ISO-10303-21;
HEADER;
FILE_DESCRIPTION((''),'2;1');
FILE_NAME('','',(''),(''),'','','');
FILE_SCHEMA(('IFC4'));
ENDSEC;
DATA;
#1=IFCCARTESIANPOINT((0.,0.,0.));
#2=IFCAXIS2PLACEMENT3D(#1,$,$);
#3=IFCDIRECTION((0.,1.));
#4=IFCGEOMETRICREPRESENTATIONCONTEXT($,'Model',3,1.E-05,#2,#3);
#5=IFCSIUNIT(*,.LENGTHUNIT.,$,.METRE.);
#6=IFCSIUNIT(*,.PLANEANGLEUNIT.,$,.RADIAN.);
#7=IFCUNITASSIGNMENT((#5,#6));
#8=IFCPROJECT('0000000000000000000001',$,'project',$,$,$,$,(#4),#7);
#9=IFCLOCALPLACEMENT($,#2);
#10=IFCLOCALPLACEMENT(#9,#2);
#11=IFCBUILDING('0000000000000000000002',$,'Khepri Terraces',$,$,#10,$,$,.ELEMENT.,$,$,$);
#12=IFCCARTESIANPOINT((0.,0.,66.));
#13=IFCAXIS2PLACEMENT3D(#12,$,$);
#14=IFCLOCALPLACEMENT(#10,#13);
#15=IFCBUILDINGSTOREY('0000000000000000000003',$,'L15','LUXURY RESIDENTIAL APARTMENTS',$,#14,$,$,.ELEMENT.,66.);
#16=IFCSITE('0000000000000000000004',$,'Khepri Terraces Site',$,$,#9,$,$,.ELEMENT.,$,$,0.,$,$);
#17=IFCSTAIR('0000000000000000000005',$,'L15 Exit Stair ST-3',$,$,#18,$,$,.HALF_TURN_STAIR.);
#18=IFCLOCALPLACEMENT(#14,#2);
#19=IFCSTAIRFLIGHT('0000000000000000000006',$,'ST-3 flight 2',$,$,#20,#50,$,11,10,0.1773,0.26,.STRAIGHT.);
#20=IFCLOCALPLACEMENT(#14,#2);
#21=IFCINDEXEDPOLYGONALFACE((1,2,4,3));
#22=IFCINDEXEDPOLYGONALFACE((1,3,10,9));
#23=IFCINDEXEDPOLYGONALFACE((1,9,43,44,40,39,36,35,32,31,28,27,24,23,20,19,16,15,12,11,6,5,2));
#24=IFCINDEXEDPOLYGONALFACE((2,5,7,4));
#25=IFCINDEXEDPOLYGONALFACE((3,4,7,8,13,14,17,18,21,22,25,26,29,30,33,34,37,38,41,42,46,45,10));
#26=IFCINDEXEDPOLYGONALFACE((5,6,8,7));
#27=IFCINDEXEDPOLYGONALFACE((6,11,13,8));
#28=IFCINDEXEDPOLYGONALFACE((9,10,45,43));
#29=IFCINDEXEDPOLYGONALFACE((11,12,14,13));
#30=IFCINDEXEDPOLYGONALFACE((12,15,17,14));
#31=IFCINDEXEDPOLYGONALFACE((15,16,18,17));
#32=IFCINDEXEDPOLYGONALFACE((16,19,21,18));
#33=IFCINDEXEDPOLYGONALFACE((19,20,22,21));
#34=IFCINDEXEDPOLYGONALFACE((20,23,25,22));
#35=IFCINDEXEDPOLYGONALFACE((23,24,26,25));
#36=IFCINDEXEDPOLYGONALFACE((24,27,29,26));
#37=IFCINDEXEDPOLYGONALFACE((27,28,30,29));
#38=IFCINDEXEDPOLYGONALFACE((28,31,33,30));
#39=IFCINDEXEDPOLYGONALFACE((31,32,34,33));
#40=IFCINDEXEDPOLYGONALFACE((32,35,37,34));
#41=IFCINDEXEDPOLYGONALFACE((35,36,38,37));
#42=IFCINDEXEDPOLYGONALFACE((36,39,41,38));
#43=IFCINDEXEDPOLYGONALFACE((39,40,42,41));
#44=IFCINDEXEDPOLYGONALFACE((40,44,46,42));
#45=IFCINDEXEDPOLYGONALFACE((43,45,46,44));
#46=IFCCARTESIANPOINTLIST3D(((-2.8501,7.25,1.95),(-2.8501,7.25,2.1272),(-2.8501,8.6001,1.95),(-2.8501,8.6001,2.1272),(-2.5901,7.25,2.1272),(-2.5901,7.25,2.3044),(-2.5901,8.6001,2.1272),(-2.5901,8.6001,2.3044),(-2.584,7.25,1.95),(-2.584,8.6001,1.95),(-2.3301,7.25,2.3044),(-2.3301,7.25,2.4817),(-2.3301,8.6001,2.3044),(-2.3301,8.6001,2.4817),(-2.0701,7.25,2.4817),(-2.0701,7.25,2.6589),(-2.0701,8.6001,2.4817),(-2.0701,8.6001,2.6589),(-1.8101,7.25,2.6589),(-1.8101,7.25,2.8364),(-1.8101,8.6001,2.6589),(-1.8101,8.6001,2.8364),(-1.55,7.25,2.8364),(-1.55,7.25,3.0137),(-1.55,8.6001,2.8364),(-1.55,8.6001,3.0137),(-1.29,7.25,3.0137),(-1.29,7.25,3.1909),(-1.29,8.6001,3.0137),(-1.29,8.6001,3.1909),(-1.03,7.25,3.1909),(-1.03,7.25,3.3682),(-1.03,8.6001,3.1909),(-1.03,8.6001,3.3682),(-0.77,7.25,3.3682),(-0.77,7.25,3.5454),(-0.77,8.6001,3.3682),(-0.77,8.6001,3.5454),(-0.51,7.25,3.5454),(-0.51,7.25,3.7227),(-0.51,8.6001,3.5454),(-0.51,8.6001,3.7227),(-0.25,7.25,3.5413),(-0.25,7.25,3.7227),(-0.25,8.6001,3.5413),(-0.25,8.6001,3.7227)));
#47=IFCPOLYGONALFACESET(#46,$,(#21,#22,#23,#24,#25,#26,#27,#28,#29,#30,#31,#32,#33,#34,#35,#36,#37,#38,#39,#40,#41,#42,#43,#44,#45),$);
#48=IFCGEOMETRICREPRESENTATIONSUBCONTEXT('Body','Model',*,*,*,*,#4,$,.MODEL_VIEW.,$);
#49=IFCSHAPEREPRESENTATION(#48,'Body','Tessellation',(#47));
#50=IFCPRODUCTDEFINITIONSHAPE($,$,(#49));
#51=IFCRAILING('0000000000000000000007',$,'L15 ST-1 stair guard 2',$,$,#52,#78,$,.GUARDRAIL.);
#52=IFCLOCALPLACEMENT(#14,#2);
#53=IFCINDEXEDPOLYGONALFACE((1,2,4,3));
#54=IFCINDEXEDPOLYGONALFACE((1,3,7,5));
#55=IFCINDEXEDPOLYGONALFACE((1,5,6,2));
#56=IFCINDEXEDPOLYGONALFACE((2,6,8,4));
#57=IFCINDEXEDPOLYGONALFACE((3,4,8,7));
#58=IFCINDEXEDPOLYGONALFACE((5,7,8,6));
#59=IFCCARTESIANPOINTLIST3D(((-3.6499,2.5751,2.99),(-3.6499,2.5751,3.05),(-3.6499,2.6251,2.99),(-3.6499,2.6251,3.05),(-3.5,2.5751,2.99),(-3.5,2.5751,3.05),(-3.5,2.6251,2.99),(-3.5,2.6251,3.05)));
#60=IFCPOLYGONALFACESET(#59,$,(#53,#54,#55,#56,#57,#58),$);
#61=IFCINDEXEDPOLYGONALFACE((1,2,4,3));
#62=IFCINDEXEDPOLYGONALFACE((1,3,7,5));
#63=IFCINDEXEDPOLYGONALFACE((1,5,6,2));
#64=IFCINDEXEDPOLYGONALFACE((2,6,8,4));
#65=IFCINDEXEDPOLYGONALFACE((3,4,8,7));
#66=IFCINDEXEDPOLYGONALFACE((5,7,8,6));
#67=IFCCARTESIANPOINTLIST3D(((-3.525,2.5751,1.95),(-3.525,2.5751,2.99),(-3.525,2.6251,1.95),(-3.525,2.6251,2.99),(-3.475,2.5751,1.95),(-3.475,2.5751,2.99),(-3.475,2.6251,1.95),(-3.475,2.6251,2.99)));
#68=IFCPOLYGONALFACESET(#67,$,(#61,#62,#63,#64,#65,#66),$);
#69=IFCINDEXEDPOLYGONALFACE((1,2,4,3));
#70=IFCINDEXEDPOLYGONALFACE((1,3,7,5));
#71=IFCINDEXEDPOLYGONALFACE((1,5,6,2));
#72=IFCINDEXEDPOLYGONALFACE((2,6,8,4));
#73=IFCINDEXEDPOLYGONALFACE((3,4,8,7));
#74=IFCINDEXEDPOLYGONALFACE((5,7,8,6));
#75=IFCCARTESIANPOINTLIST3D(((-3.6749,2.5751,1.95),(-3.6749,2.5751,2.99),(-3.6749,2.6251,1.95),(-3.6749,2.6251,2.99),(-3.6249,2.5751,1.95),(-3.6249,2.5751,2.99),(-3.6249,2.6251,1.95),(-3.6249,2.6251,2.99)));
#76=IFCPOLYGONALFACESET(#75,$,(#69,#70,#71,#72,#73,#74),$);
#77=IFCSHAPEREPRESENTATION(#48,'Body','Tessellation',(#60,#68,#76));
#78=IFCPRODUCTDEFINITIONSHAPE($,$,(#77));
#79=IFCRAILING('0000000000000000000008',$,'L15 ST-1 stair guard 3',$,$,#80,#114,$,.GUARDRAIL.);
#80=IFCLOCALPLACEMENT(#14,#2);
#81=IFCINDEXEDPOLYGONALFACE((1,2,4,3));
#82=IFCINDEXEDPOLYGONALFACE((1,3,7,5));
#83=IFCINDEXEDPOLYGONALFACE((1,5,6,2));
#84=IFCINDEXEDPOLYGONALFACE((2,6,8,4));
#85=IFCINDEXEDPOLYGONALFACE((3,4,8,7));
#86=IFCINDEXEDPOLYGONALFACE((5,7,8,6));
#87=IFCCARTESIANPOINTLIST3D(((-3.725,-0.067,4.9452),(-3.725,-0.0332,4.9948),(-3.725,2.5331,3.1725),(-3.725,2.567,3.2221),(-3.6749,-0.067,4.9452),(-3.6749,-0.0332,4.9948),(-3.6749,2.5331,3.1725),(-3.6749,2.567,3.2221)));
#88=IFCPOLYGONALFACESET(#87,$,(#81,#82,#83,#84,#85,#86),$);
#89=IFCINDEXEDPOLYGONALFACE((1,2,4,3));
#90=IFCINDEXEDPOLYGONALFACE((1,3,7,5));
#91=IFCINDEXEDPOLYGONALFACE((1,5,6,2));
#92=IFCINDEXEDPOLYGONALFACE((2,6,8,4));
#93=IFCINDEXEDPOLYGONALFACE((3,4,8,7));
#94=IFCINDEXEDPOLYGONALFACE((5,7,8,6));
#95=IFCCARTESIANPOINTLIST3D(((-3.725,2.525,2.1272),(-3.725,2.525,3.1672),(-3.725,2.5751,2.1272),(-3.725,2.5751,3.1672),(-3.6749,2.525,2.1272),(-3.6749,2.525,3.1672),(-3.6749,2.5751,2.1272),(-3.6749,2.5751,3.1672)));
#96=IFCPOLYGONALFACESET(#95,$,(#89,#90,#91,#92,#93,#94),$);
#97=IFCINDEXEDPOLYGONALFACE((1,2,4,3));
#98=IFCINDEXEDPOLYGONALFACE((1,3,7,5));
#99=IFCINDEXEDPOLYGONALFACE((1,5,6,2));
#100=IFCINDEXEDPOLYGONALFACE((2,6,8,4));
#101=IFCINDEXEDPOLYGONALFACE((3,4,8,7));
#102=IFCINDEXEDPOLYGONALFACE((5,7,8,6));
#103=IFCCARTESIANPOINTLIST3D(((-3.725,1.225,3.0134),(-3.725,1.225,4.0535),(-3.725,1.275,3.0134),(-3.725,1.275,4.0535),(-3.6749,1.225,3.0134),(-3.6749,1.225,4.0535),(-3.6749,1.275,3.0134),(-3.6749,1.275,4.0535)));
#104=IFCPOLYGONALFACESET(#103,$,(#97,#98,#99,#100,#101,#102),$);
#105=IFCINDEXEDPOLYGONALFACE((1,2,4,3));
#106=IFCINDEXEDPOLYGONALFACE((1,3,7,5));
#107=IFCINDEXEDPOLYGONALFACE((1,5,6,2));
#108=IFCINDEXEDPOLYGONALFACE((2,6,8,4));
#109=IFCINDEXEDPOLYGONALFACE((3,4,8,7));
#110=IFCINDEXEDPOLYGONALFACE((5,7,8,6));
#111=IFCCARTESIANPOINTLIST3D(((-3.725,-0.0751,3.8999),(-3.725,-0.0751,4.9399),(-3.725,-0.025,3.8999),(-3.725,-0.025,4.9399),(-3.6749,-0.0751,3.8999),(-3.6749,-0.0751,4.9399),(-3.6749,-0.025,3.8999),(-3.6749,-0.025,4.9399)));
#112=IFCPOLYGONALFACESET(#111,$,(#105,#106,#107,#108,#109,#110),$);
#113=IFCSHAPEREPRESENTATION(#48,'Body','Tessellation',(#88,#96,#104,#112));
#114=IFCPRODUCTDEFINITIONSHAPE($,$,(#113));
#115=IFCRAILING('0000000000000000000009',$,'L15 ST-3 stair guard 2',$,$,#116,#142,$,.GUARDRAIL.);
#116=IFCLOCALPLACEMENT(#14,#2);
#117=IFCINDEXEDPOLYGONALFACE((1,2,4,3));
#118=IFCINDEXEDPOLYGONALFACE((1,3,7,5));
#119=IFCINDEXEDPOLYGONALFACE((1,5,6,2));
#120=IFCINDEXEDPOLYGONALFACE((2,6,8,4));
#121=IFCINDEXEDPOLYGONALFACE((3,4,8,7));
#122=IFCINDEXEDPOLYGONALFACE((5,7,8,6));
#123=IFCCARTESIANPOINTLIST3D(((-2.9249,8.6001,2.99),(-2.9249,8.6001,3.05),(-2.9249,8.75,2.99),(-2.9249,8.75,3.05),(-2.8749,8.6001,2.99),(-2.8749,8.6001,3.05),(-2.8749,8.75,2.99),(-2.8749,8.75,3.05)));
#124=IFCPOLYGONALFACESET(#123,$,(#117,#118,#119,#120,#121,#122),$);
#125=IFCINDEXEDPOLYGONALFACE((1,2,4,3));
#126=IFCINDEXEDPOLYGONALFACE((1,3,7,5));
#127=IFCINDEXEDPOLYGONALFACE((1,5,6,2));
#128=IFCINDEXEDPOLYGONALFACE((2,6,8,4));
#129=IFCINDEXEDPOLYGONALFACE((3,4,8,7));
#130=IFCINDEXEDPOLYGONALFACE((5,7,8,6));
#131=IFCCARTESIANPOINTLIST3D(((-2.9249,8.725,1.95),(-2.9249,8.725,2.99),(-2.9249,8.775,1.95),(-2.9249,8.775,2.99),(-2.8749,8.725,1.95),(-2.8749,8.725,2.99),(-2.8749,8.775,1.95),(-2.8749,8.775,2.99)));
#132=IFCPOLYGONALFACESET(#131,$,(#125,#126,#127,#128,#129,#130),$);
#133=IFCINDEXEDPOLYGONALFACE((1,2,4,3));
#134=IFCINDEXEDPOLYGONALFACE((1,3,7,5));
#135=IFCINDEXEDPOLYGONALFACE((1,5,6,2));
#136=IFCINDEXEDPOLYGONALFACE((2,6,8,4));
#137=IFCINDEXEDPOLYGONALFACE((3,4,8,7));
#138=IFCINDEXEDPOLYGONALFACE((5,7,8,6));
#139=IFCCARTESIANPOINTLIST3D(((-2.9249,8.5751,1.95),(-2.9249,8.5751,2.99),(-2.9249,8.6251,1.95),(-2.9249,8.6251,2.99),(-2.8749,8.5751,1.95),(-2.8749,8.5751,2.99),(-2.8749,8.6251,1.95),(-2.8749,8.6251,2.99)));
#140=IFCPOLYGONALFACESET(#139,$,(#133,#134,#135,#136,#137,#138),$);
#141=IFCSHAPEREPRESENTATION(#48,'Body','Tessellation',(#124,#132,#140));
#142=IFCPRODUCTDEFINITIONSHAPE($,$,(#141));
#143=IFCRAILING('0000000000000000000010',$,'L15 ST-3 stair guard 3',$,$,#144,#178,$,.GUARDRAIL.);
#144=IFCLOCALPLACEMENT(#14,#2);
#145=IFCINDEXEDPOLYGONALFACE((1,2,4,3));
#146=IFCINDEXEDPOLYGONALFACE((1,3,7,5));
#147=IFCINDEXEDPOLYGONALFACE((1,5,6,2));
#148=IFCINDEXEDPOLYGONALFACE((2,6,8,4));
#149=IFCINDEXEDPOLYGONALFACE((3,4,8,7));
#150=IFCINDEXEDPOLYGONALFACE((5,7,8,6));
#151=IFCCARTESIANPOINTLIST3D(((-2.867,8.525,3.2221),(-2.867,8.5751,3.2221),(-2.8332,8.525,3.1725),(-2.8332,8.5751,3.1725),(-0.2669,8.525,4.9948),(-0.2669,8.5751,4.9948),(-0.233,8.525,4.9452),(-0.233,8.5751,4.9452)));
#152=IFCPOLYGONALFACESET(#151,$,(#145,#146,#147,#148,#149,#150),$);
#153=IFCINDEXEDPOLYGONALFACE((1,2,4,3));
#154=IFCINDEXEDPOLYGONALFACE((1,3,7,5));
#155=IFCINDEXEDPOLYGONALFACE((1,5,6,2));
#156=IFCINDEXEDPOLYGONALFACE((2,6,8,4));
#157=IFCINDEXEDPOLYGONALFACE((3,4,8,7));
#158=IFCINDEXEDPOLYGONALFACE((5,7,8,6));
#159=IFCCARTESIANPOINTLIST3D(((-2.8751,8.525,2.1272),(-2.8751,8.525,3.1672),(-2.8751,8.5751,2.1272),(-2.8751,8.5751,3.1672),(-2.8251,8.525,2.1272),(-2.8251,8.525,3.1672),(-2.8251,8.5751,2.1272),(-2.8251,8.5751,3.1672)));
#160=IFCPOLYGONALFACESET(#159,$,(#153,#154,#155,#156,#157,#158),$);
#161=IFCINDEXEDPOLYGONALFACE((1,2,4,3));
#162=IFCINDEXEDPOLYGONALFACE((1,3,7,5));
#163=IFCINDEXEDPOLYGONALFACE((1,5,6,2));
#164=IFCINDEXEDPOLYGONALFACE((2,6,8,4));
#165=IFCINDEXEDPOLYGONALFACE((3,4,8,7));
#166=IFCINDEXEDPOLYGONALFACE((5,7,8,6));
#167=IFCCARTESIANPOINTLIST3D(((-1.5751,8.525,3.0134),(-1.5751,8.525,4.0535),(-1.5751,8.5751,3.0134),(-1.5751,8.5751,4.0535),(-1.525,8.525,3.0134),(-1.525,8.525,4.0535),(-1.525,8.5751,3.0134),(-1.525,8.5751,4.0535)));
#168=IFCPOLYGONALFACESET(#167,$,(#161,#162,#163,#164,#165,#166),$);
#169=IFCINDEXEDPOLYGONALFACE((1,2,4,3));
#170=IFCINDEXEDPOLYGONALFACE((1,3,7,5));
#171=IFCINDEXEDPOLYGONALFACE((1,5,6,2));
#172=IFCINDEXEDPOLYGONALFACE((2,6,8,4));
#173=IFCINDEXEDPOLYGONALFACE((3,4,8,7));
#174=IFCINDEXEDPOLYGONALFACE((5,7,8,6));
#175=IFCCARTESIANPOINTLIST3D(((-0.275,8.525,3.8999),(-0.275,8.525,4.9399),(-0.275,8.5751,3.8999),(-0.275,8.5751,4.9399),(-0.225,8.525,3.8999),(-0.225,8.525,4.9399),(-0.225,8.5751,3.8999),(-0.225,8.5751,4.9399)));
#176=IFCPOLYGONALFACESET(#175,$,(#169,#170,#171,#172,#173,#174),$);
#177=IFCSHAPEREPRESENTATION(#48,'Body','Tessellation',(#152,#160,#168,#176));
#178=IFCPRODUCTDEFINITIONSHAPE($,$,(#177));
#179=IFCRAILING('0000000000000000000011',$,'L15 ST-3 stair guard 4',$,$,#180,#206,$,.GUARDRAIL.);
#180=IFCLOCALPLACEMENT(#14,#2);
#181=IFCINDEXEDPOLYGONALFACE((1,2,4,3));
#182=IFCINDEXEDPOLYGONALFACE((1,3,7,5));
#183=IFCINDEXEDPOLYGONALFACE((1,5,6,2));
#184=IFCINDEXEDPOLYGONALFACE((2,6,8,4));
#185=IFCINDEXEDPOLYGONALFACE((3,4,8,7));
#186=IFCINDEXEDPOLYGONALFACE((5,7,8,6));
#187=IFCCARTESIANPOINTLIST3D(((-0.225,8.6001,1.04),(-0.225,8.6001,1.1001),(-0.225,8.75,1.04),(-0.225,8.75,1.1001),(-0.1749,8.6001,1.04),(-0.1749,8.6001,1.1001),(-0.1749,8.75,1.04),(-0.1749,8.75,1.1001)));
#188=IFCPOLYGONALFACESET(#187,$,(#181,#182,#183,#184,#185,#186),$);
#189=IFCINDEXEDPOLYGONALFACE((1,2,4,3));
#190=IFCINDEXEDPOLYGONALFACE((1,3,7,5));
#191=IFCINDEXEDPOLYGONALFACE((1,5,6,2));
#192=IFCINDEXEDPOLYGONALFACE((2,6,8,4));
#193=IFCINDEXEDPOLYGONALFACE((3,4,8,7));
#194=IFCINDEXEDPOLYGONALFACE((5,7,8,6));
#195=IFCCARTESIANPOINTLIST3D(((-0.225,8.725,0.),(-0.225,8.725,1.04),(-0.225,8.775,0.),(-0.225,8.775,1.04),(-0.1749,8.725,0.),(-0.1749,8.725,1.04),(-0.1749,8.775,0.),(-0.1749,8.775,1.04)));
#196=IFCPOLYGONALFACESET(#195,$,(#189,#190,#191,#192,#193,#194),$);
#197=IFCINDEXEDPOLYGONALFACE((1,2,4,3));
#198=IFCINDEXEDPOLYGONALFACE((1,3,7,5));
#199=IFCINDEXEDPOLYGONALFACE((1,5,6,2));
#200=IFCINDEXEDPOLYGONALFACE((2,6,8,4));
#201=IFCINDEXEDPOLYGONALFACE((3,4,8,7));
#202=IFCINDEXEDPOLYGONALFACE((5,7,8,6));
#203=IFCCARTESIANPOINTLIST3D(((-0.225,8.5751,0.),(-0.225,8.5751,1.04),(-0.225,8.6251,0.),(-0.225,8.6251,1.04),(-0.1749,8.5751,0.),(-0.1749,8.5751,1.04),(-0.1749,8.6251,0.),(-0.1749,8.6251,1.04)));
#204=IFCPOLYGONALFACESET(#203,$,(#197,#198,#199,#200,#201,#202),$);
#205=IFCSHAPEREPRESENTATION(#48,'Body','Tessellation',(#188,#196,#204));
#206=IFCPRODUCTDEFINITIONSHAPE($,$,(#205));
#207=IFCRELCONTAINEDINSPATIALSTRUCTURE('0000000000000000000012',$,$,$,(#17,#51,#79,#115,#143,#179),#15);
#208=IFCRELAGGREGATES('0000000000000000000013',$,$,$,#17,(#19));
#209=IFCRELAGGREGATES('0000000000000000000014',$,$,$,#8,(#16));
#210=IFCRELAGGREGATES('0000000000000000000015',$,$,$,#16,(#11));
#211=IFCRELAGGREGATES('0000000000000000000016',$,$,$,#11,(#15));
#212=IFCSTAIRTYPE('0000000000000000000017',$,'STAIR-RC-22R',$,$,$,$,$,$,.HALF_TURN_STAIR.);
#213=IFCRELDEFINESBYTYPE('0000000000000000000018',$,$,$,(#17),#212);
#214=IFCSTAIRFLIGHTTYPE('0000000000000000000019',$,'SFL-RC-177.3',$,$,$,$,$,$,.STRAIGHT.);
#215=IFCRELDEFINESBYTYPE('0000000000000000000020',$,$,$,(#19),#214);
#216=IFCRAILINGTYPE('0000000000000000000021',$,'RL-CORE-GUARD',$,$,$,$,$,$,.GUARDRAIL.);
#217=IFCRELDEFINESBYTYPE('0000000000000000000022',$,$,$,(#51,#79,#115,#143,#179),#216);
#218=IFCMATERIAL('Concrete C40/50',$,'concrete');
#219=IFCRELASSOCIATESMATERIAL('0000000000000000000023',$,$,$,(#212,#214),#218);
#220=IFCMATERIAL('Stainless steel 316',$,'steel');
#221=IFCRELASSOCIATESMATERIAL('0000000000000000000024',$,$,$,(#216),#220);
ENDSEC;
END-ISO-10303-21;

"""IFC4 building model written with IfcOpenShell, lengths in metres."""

from ifc_helpers import new_model, si_unit, direction, frame, origin, origin_2d, place, context, subcontext, project, spatial, polyline, rectangle, outline, extrude, material, type_object, element, aggregate, save


model = new_model("IFC4")

# Units and contexts
model_context = context("Model", 3, precision=1e-05, world=origin(), true_north=direction((0.0, 1.0)))
body_context = subcontext(model_context, "Body", "Model", "MODEL_VIEW")
ifc_project = project(units=[si_unit("LENGTHUNIT", "METRE"), si_unit("PLANEANGLEUNIT", "RADIAN")], contexts=[model_context])

# Site, building, storey
site_placement = place(None, origin())
site = spatial("IfcSite", under=ifc_project, at=site_placement, Name="Khepri Terraces Site", CompositionType="ELEMENT", RefElevation=0.0)
building_placement = place(site_placement, origin())
building = spatial("IfcBuilding", under=site, at=building_placement, Name="Khepri Terraces", CompositionType="ELEMENT")
storey_placement = place(building_placement, frame((0.0, 0.0, 66.0)))
storey = spatial("IfcBuildingStorey", under=building, at=storey_placement, Name="L15", Description="LUXURY RESIDENTIAL APARTMENTS", CompositionType="ELEMENT", Elevation=66.0)

# Stair, stair flight
ifc_material_1 = material(Name="Concrete C40/50", Category="concrete")
stair_type = type_object("IfcStairType", Name="STAIR-RC-22R", PredefinedType="HALF_TURN_STAIR", material=ifc_material_1)
stair_flight_type = type_object("IfcStairFlightType", Name="SFL-RC-177.3", PredefinedType="STRAIGHT", material=ifc_material_1)
stair_1_placement = place(storey_placement, origin())
stair_1 = element("IfcStair", 1, at=stair_1_placement, inside=storey, type_object=stair_type, Name="L15 Exit Stair ST-3", PredefinedType="HALF_TURN_STAIR")
stair_flight_1_placement = place(storey_placement, frame((-2.8501, 7.925, 1.95), z_axis=(0.0, 0.0, 1.0), x_axis=(1.0, 0.0, 0.0)))
stair_flight_1 = element("IfcStairFlight", 2, at=stair_flight_1_placement, type_object=stair_flight_type, Name="ST-3 flight 2", NumberOfRisers=11, NumberOfTreads=10, PredefinedType="STRAIGHT", RiserHeight=0.1773, TreadLength=0.26, context=body_context, shape_type="SweptSolid", body=[
    extrude(outline(polyline([(0.0, 0.0), (0.0, 0.1772), (0.26, 0.1772), (0.26, 0.3545), (0.52, 0.3545), (0.52, 0.5317), (0.78, 0.5317), (0.78, 0.709), (1.04, 0.709), (1.04, 0.8865), (1.3, 0.8865), (1.3, 1.0637), (1.5601, 1.0637), (1.5601, 1.241), (1.8201, 1.241), (1.8201, 1.4182), (2.0801, 1.4182), (2.0801, 1.5955), (2.3401, 1.5955), (2.3401, 1.7727), (2.6001, 1.7727), (2.6001, 1.95), (2.6001, 1.5913), (0.2661, 0.0), (0.0, 0.0)])), frame((0.0, 0.675, 0.0), z_axis=(0.0, -1.0, 0.0), x_axis=(1.0, 0.0, 0.0)), (0.0, 0.0, 1.0), 1.3501),
])
aggregate(stair_1, [stair_flight_1])

# Railings
ifc_material_2 = material(Name="Stainless steel 316", Category="steel")
railing_type_1 = type_object("IfcRailingType", Name="RL-CORE-GUARD", PredefinedType="GUARDRAIL", material=ifc_material_2)
railing_1_placement = place(storey_placement, frame((-3.5, 2.6001, 1.95)))
element("IfcRailing", 3, at=railing_1_placement, inside=storey, type_object=railing_type_1, Name="L15 ST-1 stair guard 2", PredefinedType="GUARDRAIL", context=body_context, shape_type="SweptSolid", body=[
    extrude(rectangle(XDim=0.05, YDim=0.0601, at=origin_2d()), frame((0.0, 0.0, 1.0701), z_axis=(-1.0, 0.0, 0.0), x_axis=(0.0, -1.0, 0.0)), (0.0, 0.0, 1.0), 0.1499),
    extrude(rectangle(XDim=0.05, YDim=0.05, at=origin_2d()), origin(), (0.0, 0.0, 1.0), 1.04),
    extrude(rectangle(XDim=0.05, YDim=0.05, at=origin_2d()), frame((-0.1499, 0.0, 0.0)), (0.0, 0.0, 1.0), 1.04),
])
railing_2_placement = place(storey_placement, frame((-3.7, 2.55, 2.1272)))
element("IfcRailing", 4, at=railing_2_placement, inside=storey, type_object=railing_type_1, Name="L15 ST-1 stair guard 3", PredefinedType="GUARDRAIL", context=body_context, shape_type="SweptSolid", body=[
    extrude(rectangle(XDim=0.05, YDim=0.0601, at=origin_2d()), frame((0.0, 0.0, 1.0701), z_axis=(0.0, -0.82624, 0.563318), x_axis=(1.0, 0.0, 0.0)), (0.0, 0.0, 1.0), 3.147),
    extrude(rectangle(XDim=0.05, YDim=0.05, at=origin_2d()), origin(), (0.0, 0.0, 1.0), 1.04),
    extrude(rectangle(XDim=0.05, YDim=0.05, at=origin_2d()), frame((0.0, -1.3, 0.8862)), (0.0, 0.0, 1.0), 1.04),
    extrude(rectangle(XDim=0.05, YDim=0.05, at=origin_2d()), frame((0.0, -2.6001, 1.7727)), (0.0, 0.0, 1.0), 1.04),
])
railing_3_placement = place(storey_placement, frame((-2.8999, 8.75, 1.95)))
element("IfcRailing", 5, at=railing_3_placement, inside=storey, type_object=railing_type_1, Name="L15 ST-3 stair guard 2", PredefinedType="GUARDRAIL", context=body_context, shape_type="SweptSolid", body=[
    extrude(rectangle(XDim=0.05, YDim=0.0601, at=origin_2d()), frame((0.0, 0.0, 1.0701), z_axis=(0.0, -1.0, 0.0), x_axis=(1.0, 0.0, 0.0)), (0.0, 0.0, 1.0), 0.1499),
    extrude(rectangle(XDim=0.05, YDim=0.05, at=origin_2d()), origin(), (0.0, 0.0, 1.0), 1.04),
    extrude(rectangle(XDim=0.05, YDim=0.05, at=origin_2d()), frame((0.0, -0.1499, 0.0)), (0.0, 0.0, 1.0), 1.04),
])
railing_4_placement = place(storey_placement, frame((-2.8501, 8.55, 2.1272)))
element("IfcRailing", 6, at=railing_4_placement, inside=storey, type_object=railing_type_1, Name="L15 ST-3 stair guard 3", PredefinedType="GUARDRAIL", context=body_context, shape_type="SweptSolid", body=[
    extrude(rectangle(XDim=0.05, YDim=0.0601, at=origin_2d()), frame((0.0, 0.0, 1.0701), z_axis=(0.82624, 0.0, 0.563318), x_axis=(0.0, 1.0, 0.0)), (0.0, 0.0, 1.0), 3.147),
    extrude(rectangle(XDim=0.05, YDim=0.05, at=origin_2d()), origin(), (0.0, 0.0, 1.0), 1.04),
    extrude(rectangle(XDim=0.05, YDim=0.05, at=origin_2d()), frame((1.3, 0.0, 0.8862)), (0.0, 0.0, 1.0), 1.04),
    extrude(rectangle(XDim=0.05, YDim=0.05, at=origin_2d()), frame((2.6001, 0.0, 1.7727)), (0.0, 0.0, 1.0), 1.04),
])
railing_5_placement = place(storey_placement, frame((-0.2, 8.75, 0.0)))
element("IfcRailing", 7, at=railing_5_placement, inside=storey, type_object=railing_type_1, Name="L15 ST-3 stair guard 4", PredefinedType="GUARDRAIL", context=body_context, shape_type="SweptSolid", body=[
    extrude(rectangle(XDim=0.05, YDim=0.0601, at=origin_2d()), frame((0.0, 0.0, 1.0701), z_axis=(0.0, -1.0, 0.0), x_axis=(1.0, 0.0, 0.0)), (0.0, 0.0, 1.0), 0.1499),
    extrude(rectangle(XDim=0.05, YDim=0.05, at=origin_2d()), origin(), (0.0, 0.0, 1.0), 1.04),
    extrude(rectangle(XDim=0.05, YDim=0.05, at=origin_2d()), frame((0.0, -0.1499, 0.0)), (0.0, 0.0, 1.0), 1.04),
])

save(model, "model.ifc")
